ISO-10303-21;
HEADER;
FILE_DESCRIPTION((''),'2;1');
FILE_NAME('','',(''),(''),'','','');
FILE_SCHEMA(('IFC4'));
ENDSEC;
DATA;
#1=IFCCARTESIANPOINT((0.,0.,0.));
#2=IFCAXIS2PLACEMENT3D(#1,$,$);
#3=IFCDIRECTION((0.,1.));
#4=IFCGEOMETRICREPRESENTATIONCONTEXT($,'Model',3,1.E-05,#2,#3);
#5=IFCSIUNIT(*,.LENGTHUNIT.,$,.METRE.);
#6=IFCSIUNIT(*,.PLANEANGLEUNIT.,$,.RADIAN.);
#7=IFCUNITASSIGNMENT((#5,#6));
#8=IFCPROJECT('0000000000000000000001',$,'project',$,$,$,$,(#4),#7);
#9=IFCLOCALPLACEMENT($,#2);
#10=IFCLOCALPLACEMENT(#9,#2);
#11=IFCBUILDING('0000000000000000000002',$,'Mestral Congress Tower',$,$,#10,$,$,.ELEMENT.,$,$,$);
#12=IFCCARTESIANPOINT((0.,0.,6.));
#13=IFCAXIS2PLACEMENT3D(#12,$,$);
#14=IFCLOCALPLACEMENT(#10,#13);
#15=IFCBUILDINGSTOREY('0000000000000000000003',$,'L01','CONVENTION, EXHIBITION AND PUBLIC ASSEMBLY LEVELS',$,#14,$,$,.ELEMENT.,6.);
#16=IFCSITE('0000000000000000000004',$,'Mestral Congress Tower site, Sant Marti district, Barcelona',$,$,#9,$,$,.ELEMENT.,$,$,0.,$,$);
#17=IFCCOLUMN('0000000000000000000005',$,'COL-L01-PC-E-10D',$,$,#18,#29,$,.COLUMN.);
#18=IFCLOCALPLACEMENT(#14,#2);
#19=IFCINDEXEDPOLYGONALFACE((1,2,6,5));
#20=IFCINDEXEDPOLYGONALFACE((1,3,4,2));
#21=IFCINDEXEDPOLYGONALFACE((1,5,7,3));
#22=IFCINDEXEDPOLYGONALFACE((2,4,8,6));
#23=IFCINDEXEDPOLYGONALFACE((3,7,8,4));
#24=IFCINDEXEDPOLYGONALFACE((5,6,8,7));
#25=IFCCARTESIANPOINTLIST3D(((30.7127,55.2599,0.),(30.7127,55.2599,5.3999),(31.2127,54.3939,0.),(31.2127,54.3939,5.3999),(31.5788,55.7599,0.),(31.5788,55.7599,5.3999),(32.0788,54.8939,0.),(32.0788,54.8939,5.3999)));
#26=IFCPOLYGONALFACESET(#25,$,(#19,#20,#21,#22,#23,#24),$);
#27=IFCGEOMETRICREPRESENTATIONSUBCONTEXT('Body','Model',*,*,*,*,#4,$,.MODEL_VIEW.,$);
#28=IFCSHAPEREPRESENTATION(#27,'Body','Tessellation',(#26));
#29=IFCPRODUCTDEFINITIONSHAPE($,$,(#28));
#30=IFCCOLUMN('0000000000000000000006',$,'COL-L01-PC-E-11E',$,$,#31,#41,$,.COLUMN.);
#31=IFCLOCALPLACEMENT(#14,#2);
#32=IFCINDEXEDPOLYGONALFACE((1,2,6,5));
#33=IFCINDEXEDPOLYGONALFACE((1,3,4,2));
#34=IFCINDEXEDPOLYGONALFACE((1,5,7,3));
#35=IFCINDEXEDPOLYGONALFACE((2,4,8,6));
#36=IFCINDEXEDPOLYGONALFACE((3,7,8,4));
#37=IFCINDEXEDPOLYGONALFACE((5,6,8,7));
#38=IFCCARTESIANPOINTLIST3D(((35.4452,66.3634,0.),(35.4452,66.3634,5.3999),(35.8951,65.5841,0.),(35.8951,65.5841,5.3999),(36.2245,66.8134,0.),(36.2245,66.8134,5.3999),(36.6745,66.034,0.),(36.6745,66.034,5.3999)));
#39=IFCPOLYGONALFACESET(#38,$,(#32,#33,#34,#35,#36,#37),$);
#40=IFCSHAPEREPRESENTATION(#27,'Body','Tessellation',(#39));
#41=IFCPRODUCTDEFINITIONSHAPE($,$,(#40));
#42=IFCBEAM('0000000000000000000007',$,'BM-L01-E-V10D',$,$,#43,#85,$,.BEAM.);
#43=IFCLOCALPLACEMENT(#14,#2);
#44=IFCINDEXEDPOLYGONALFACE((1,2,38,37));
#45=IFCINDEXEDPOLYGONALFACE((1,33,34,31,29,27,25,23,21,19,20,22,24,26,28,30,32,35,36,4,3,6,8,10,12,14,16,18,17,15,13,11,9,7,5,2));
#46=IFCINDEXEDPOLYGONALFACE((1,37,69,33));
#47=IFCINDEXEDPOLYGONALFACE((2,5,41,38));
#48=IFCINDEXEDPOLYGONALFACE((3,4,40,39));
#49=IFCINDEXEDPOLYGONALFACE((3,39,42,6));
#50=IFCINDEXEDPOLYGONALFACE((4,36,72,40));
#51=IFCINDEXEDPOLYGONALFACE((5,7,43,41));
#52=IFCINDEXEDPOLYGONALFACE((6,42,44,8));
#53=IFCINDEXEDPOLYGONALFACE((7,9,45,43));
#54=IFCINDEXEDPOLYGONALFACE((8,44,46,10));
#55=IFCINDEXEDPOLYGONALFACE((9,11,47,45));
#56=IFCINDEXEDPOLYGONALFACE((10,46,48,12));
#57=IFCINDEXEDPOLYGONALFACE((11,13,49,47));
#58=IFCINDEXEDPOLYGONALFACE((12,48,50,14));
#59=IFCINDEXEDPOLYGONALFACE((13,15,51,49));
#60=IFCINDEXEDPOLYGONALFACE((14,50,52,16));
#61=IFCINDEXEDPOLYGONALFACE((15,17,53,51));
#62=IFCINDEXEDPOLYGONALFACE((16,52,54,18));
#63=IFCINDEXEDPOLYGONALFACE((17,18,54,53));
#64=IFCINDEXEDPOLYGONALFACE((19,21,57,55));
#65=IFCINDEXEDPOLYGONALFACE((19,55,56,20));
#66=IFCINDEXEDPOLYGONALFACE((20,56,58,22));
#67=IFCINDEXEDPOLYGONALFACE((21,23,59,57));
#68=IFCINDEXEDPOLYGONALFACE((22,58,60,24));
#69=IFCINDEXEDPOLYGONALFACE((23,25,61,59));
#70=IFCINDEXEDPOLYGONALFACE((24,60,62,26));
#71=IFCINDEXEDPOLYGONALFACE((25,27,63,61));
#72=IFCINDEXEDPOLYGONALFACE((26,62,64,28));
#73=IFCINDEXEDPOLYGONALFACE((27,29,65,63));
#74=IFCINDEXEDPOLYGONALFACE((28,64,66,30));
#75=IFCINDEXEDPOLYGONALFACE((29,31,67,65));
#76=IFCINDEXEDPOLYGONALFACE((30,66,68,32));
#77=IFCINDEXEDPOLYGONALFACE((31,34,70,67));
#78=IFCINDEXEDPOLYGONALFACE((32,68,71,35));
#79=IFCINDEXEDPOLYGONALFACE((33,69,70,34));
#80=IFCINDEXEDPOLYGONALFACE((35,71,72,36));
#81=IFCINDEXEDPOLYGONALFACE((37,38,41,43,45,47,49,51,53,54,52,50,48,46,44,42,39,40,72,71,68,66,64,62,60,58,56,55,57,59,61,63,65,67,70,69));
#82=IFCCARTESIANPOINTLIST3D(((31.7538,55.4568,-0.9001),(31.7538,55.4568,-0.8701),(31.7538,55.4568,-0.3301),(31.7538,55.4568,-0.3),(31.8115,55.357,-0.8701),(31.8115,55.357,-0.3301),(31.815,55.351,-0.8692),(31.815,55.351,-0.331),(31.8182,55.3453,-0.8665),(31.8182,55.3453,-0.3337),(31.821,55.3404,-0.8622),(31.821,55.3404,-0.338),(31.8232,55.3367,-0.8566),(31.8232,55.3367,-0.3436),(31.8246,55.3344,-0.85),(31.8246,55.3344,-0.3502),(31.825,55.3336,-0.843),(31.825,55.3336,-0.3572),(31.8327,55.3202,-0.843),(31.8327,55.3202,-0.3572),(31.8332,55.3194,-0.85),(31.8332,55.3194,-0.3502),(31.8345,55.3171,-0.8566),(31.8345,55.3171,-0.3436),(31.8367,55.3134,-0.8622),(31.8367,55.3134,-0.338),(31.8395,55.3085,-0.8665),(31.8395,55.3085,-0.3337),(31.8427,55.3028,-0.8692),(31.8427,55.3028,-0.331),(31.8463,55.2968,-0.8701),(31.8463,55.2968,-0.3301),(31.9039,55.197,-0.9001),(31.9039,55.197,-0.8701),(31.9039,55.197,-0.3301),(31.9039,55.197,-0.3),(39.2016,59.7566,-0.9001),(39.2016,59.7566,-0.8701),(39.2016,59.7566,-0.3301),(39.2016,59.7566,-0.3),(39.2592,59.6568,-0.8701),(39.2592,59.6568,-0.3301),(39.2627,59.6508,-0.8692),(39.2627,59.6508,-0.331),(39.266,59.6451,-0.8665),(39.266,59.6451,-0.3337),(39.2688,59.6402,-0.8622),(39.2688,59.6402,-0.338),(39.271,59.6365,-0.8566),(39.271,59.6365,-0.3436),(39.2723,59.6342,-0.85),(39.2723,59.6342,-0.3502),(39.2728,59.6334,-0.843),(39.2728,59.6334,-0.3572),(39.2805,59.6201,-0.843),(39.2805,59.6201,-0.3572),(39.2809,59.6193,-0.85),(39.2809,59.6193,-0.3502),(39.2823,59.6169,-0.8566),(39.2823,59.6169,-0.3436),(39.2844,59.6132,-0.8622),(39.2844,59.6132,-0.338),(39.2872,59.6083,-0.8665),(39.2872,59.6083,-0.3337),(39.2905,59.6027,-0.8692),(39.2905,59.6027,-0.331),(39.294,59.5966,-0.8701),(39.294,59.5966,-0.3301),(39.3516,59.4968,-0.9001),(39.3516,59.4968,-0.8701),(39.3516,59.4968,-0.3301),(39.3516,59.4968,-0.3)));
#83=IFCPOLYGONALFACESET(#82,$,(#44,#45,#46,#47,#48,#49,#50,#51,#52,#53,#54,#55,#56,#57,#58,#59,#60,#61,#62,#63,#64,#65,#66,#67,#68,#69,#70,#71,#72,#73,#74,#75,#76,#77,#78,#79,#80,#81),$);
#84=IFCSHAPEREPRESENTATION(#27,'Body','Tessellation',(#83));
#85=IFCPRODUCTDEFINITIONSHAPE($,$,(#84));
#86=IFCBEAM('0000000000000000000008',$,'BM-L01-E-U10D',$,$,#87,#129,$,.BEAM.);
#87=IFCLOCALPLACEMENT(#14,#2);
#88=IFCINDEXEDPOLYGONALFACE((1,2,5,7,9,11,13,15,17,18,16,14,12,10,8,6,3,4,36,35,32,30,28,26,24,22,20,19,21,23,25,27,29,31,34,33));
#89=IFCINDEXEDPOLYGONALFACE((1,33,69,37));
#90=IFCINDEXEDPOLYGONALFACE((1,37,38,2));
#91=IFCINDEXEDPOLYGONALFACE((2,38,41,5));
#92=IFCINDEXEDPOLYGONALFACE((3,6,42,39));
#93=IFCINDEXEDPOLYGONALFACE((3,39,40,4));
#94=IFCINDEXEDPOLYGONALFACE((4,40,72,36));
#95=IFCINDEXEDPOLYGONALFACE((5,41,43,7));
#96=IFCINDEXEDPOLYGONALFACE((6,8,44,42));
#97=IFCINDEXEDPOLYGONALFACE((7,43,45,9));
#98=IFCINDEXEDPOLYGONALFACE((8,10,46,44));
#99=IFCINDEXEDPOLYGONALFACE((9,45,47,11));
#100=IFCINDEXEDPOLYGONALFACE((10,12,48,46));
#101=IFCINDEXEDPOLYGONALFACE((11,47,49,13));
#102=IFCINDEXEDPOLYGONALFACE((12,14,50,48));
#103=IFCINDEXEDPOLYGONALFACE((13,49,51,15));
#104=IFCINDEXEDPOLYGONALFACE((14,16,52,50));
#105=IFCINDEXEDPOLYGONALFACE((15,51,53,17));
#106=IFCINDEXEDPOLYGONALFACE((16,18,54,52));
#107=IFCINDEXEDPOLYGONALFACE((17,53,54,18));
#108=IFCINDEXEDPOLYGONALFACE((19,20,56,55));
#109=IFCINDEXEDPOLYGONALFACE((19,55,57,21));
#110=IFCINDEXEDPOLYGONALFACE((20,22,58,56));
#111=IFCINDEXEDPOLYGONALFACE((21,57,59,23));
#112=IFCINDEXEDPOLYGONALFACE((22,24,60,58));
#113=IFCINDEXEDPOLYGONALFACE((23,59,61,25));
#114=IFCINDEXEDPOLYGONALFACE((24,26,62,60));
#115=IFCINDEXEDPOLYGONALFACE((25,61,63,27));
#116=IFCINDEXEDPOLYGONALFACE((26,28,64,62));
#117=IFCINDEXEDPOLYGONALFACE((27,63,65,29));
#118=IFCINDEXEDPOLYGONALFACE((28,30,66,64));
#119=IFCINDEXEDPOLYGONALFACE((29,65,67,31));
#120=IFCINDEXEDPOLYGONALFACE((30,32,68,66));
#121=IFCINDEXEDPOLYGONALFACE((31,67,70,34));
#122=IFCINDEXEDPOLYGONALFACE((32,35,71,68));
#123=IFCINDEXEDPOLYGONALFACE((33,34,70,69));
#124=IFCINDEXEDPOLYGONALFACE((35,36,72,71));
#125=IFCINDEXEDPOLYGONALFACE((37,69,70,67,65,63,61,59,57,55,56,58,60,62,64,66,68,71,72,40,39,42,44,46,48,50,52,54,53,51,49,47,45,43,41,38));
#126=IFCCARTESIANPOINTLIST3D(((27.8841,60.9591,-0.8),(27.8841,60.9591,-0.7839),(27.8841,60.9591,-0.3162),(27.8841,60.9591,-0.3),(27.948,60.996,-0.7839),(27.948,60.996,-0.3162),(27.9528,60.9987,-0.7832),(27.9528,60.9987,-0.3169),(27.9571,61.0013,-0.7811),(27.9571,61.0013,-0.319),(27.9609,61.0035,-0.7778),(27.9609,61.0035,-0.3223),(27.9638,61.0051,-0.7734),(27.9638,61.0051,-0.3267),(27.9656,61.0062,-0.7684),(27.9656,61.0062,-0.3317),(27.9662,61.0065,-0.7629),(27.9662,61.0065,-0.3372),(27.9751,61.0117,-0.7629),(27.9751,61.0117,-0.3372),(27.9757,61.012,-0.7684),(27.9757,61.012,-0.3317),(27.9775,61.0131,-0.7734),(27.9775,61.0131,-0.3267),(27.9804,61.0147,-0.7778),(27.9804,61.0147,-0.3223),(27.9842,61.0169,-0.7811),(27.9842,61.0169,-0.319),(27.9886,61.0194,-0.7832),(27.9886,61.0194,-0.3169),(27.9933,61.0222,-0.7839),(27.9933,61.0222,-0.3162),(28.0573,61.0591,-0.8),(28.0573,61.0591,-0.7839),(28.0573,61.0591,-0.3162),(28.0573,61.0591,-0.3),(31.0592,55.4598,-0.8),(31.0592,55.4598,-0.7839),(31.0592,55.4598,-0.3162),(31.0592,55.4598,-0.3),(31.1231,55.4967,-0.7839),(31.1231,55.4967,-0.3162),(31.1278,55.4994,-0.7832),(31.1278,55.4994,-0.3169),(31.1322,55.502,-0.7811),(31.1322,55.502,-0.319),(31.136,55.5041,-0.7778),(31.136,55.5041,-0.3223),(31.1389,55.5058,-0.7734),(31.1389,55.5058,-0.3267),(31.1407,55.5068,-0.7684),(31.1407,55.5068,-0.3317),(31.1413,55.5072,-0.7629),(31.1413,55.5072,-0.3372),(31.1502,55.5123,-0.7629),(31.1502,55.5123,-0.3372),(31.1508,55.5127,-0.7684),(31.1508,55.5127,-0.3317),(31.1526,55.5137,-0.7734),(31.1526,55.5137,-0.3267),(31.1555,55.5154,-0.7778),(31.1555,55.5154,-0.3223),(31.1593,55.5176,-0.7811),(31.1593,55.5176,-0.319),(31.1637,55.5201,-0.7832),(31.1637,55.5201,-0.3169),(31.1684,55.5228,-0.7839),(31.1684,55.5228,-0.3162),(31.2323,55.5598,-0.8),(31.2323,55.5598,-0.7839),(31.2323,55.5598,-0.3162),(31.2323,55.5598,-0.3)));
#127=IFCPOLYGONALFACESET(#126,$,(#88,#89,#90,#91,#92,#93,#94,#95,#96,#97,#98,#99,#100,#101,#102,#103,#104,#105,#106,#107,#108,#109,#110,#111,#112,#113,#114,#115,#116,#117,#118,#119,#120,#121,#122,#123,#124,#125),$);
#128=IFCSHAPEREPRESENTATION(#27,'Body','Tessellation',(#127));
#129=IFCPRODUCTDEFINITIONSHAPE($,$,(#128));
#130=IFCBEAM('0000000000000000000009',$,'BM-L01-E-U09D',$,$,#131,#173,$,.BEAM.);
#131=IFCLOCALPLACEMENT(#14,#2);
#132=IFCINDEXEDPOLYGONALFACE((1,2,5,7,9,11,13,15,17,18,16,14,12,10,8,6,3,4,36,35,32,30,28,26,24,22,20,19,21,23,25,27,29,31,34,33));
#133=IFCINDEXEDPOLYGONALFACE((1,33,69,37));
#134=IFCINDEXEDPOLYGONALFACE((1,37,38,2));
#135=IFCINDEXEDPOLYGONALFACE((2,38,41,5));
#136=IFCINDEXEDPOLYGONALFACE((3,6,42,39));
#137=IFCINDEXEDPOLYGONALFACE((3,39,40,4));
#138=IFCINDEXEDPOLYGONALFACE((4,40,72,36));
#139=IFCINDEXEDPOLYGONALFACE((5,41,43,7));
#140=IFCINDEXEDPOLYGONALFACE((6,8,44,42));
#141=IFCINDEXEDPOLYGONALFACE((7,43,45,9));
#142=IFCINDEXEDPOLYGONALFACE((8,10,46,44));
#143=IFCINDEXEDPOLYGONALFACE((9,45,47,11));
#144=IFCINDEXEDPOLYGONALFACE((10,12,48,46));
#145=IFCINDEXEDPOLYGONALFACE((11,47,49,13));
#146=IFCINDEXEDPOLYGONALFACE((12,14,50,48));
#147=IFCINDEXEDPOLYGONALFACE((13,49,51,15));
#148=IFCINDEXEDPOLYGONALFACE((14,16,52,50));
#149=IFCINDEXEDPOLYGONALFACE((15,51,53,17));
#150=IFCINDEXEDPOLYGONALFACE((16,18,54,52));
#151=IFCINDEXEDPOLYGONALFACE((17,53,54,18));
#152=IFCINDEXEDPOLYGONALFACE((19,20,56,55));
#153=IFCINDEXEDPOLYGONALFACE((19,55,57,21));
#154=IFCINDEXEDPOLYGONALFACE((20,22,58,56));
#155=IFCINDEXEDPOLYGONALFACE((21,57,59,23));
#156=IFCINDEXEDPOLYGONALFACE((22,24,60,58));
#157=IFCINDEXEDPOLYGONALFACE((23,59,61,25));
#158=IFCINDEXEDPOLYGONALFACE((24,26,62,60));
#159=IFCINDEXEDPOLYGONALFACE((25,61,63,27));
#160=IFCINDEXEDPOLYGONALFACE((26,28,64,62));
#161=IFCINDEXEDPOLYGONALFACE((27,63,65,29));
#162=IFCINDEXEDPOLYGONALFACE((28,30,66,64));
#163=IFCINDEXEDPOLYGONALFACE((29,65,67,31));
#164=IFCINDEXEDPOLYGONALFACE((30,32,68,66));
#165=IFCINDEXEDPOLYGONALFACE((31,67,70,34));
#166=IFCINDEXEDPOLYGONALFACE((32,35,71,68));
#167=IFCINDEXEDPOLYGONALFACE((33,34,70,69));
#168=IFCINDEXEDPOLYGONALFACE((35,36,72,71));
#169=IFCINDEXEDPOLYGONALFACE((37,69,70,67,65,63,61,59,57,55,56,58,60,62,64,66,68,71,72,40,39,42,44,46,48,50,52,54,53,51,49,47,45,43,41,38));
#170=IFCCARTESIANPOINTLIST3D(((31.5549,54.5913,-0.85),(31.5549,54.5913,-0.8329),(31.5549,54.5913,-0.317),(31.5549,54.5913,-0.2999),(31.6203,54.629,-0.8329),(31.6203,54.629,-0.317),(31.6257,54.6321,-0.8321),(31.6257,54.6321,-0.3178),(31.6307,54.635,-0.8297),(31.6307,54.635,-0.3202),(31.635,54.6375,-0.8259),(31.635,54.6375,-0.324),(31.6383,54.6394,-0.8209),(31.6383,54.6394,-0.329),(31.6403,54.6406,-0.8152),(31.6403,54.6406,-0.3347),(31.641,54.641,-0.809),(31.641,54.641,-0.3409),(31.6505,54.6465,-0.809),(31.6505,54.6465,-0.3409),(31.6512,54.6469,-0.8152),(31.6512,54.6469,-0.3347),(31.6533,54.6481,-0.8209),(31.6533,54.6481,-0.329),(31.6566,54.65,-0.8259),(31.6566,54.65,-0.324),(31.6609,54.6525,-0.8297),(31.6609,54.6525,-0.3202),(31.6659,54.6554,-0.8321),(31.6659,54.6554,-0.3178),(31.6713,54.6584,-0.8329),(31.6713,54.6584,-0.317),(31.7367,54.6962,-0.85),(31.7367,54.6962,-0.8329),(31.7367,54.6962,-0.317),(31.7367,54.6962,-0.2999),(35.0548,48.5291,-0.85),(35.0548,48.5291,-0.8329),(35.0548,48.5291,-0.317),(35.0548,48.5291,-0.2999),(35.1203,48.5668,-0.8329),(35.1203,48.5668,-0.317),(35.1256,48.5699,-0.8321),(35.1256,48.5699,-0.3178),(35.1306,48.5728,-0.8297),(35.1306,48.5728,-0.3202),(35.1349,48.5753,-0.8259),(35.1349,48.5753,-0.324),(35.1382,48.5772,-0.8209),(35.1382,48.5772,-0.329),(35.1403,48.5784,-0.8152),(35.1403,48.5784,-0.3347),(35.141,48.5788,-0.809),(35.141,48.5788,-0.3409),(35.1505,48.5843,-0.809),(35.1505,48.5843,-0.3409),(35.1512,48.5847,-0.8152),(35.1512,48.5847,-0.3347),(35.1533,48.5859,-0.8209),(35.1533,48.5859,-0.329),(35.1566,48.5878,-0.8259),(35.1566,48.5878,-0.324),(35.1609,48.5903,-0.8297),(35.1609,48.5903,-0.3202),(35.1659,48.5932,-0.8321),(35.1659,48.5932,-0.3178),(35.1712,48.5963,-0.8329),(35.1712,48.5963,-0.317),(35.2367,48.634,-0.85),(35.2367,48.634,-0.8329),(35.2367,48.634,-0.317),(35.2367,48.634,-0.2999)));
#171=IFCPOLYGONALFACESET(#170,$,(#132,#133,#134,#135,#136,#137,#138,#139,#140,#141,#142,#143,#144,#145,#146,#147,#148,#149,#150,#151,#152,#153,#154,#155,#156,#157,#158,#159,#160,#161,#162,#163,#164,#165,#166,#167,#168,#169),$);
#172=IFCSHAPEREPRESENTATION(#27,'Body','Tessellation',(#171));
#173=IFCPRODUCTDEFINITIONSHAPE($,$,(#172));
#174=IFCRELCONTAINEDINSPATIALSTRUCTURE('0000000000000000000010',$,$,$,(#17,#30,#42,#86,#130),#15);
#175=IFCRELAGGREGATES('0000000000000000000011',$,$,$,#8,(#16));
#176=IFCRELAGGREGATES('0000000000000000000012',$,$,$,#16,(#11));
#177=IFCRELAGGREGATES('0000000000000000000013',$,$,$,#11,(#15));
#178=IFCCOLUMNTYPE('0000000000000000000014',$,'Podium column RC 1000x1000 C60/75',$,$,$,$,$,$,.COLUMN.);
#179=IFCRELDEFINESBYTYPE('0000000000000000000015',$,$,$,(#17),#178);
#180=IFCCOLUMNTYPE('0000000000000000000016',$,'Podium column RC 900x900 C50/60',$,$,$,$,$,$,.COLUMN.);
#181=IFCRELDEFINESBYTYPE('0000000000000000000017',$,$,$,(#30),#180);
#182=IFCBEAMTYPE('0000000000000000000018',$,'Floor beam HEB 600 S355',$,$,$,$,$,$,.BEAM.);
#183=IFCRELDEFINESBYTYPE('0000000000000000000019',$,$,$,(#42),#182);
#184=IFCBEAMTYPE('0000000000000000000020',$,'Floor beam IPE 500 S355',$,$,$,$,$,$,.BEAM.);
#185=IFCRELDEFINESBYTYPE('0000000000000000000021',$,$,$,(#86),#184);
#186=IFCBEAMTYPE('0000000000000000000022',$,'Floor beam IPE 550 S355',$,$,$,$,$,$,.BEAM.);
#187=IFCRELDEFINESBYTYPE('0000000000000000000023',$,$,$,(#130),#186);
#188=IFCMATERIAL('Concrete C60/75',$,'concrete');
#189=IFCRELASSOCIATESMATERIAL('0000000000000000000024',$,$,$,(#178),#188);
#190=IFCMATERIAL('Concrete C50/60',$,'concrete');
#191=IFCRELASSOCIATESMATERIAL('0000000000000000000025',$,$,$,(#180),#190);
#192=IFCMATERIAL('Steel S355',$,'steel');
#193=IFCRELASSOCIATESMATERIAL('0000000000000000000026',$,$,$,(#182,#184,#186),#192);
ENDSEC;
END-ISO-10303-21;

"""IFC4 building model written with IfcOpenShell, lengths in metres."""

from ifc_helpers import new_model, si_unit, direction, frame, origin, origin_2d, place, context, subcontext, project, spatial, rectangle, i_section, extrude, material, material_profile, profile_set, type_object, element, save


model = new_model("IFC4")

# Units and contexts
model_context = context("Model", 3, precision=1e-05, world=origin(), true_north=direction((0.0, 1.0)))
body_context = subcontext(model_context, "Body", "Model", "MODEL_VIEW")
ifc_project = project(units=[si_unit("LENGTHUNIT", "METRE"), si_unit("PLANEANGLEUNIT", "RADIAN")], contexts=[model_context])

# Site, building, storey
site_placement = place(None, origin())
site = spatial("IfcSite", under=ifc_project, at=site_placement, Name="Mestral Congress Tower site, Sant Marti district, Barcelona", CompositionType="ELEMENT", RefElevation=0.0)
building_placement = place(site_placement, origin())
building = spatial("IfcBuilding", under=site, at=building_placement, Name="Mestral Congress Tower", CompositionType="ELEMENT")
storey_placement = place(building_placement, frame((0.0, 0.0, 6.0)))
storey = spatial("IfcBuildingStorey", under=building, at=storey_placement, Name="L01", Description="CONVENTION, EXHIBITION AND PUBLIC ASSEMBLY LEVELS", CompositionType="ELEMENT", Elevation=6.0)

# Columns
ifc_material_1 = material(Name="Concrete C60/75", Category="concrete")
ifc_material_profile_1 = material_profile(ifc_material_1, rectangle(XDim=1.0, YDim=1.0, at=origin_2d()), Name="RC 1000x1000")
ifc_profile_set_1 = profile_set([ifc_material_profile_1], Name="Concrete C60/75")
column_type_1 = type_object("IfcColumnType", Name="Podium column RC 1000x1000 C60/75", PredefinedType="COLUMN", material=ifc_profile_set_1)
column_1_placement = place(storey_placement, frame((31.3958, 55.0769, 0.0), z_axis=(0.0, 0.0, 1.0), x_axis=(-0.5, 0.866025, 0.0)))
element("IfcColumn", 1, at=column_1_placement, inside=storey, type_object=column_type_1, Name="COL-L01-PC-E-10D", PredefinedType="COLUMN", context=body_context, shape_type="SweptSolid", body=[
    extrude(rectangle(XDim=1.0, YDim=1.0, at=origin_2d()), origin(), (0.0, 0.0, 1.0), 5.3999),
])
ifc_material_2 = material(Name="Concrete C50/60", Category="concrete")
ifc_material_profile_2 = material_profile(ifc_material_2, rectangle(XDim=0.8999, YDim=0.8999, at=origin_2d()), Name="RC 900x900")
ifc_profile_set_2 = profile_set([ifc_material_profile_2], Name="Concrete C50/60")
column_type_2 = type_object("IfcColumnType", Name="Podium column RC 900x900 C50/60", PredefinedType="COLUMN", material=ifc_profile_set_2)
column_2_placement = place(storey_placement, frame((36.0598, 66.1987, 0.0), z_axis=(0.0, 0.0, 1.0), x_axis=(-0.5, 0.866025, 0.0)))
element("IfcColumn", 2, at=column_2_placement, inside=storey, type_object=column_type_2, Name="COL-L01-PC-E-11E", PredefinedType="COLUMN", context=body_context, shape_type="SweptSolid", body=[
    extrude(rectangle(XDim=0.8999, YDim=0.8999, at=origin_2d()), origin(), (0.0, 0.0, 1.0), 5.3999),
])

# Beams
ifc_material_3 = material(Name="Steel S355", Category="steel")
ifc_material_profile_3 = material_profile(ifc_material_3, i_section(OverallWidth=0.3, OverallDepth=0.6001, WebThickness=0.0154, FlangeThickness=0.03, FilletRadius=0.0271, at=origin_2d()), Name="HEB 600")
ifc_profile_set_3 = profile_set([ifc_material_profile_3], Name="Steel S355")
beam_type_1 = type_object("IfcBeamType", Name="Floor beam HEB 600 S355", PredefinedType="BEAM", material=ifc_profile_set_3)
beam_1_placement = place(storey_placement, frame((31.8289, 55.3269, -0.6001), z_axis=(0.866033, 0.499986, 0.0), x_axis=(-0.499986, 0.866033, 0.0)))
element("IfcBeam", 3, at=beam_1_placement, inside=storey, type_object=beam_type_1, Name="BM-L01-E-V10D", PredefinedType="BEAM", context=body_context, shape_type="SweptSolid", body=[
    extrude(i_section(OverallWidth=0.3, OverallDepth=0.6001, WebThickness=0.0154, FlangeThickness=0.03, FilletRadius=0.0271, at=origin_2d()), origin(), (0.0, 0.0, 1.0), 8.5999),
])
ifc_material_profile_4 = material_profile(ifc_material_3, i_section(OverallWidth=0.2, OverallDepth=0.5, WebThickness=0.0103, FlangeThickness=0.0161, FilletRadius=0.021, at=origin_2d()), Name="IPE 500")
ifc_profile_set_4 = profile_set([ifc_material_profile_4], Name="Steel S355")
beam_type_2 = type_object("IfcBeamType", Name="Floor beam IPE 500 S355", PredefinedType="BEAM", material=ifc_profile_set_4)
beam_2_placement = place(storey_placement, frame((31.1458, 55.5098, -0.55), z_axis=(-0.500005, 0.866022, 0.0), x_axis=(-0.866022, -0.500005, 0.0)))
element("IfcBeam", 4, at=beam_2_placement, inside=storey, type_object=beam_type_2, Name="BM-L01-E-U10D", PredefinedType="BEAM", context=body_context, shape_type="SweptSolid", body=[
    extrude(i_section(OverallWidth=0.2, OverallDepth=0.5, WebThickness=0.0103, FlangeThickness=0.0161, FilletRadius=0.021, at=origin_2d()), origin(), (0.0, 0.0, 1.0), 6.3501),
])
ifc_material_profile_5 = material_profile(ifc_material_3, i_section(OverallWidth=0.21, OverallDepth=0.55, WebThickness=0.011, FlangeThickness=0.0171, FilletRadius=0.0239, at=origin_2d()), Name="IPE 550")
ifc_profile_set_5 = profile_set([ifc_material_profile_5], Name="Steel S355")
beam_type_3 = type_object("IfcBeamType", Name="Floor beam IPE 550 S355", PredefinedType="BEAM", material=ifc_profile_set_5)
beam_3_placement = place(storey_placement, frame((35.1458, 48.5815, -0.575), z_axis=(-0.499995, 0.866028, 0.0), x_axis=(-0.866028, -0.499995, 0.0)))
element("IfcBeam", 5, at=beam_3_placement, inside=storey, type_object=beam_type_3, Name="BM-L01-E-U09D", PredefinedType="BEAM", context=body_context, shape_type="SweptSolid", body=[
    extrude(i_section(OverallWidth=0.21, OverallDepth=0.55, WebThickness=0.011, FlangeThickness=0.0171, FilletRadius=0.0239, at=origin_2d()), origin(), (0.0, 0.0, 1.0), 7.0),
])

save(model, "model.ifc")
